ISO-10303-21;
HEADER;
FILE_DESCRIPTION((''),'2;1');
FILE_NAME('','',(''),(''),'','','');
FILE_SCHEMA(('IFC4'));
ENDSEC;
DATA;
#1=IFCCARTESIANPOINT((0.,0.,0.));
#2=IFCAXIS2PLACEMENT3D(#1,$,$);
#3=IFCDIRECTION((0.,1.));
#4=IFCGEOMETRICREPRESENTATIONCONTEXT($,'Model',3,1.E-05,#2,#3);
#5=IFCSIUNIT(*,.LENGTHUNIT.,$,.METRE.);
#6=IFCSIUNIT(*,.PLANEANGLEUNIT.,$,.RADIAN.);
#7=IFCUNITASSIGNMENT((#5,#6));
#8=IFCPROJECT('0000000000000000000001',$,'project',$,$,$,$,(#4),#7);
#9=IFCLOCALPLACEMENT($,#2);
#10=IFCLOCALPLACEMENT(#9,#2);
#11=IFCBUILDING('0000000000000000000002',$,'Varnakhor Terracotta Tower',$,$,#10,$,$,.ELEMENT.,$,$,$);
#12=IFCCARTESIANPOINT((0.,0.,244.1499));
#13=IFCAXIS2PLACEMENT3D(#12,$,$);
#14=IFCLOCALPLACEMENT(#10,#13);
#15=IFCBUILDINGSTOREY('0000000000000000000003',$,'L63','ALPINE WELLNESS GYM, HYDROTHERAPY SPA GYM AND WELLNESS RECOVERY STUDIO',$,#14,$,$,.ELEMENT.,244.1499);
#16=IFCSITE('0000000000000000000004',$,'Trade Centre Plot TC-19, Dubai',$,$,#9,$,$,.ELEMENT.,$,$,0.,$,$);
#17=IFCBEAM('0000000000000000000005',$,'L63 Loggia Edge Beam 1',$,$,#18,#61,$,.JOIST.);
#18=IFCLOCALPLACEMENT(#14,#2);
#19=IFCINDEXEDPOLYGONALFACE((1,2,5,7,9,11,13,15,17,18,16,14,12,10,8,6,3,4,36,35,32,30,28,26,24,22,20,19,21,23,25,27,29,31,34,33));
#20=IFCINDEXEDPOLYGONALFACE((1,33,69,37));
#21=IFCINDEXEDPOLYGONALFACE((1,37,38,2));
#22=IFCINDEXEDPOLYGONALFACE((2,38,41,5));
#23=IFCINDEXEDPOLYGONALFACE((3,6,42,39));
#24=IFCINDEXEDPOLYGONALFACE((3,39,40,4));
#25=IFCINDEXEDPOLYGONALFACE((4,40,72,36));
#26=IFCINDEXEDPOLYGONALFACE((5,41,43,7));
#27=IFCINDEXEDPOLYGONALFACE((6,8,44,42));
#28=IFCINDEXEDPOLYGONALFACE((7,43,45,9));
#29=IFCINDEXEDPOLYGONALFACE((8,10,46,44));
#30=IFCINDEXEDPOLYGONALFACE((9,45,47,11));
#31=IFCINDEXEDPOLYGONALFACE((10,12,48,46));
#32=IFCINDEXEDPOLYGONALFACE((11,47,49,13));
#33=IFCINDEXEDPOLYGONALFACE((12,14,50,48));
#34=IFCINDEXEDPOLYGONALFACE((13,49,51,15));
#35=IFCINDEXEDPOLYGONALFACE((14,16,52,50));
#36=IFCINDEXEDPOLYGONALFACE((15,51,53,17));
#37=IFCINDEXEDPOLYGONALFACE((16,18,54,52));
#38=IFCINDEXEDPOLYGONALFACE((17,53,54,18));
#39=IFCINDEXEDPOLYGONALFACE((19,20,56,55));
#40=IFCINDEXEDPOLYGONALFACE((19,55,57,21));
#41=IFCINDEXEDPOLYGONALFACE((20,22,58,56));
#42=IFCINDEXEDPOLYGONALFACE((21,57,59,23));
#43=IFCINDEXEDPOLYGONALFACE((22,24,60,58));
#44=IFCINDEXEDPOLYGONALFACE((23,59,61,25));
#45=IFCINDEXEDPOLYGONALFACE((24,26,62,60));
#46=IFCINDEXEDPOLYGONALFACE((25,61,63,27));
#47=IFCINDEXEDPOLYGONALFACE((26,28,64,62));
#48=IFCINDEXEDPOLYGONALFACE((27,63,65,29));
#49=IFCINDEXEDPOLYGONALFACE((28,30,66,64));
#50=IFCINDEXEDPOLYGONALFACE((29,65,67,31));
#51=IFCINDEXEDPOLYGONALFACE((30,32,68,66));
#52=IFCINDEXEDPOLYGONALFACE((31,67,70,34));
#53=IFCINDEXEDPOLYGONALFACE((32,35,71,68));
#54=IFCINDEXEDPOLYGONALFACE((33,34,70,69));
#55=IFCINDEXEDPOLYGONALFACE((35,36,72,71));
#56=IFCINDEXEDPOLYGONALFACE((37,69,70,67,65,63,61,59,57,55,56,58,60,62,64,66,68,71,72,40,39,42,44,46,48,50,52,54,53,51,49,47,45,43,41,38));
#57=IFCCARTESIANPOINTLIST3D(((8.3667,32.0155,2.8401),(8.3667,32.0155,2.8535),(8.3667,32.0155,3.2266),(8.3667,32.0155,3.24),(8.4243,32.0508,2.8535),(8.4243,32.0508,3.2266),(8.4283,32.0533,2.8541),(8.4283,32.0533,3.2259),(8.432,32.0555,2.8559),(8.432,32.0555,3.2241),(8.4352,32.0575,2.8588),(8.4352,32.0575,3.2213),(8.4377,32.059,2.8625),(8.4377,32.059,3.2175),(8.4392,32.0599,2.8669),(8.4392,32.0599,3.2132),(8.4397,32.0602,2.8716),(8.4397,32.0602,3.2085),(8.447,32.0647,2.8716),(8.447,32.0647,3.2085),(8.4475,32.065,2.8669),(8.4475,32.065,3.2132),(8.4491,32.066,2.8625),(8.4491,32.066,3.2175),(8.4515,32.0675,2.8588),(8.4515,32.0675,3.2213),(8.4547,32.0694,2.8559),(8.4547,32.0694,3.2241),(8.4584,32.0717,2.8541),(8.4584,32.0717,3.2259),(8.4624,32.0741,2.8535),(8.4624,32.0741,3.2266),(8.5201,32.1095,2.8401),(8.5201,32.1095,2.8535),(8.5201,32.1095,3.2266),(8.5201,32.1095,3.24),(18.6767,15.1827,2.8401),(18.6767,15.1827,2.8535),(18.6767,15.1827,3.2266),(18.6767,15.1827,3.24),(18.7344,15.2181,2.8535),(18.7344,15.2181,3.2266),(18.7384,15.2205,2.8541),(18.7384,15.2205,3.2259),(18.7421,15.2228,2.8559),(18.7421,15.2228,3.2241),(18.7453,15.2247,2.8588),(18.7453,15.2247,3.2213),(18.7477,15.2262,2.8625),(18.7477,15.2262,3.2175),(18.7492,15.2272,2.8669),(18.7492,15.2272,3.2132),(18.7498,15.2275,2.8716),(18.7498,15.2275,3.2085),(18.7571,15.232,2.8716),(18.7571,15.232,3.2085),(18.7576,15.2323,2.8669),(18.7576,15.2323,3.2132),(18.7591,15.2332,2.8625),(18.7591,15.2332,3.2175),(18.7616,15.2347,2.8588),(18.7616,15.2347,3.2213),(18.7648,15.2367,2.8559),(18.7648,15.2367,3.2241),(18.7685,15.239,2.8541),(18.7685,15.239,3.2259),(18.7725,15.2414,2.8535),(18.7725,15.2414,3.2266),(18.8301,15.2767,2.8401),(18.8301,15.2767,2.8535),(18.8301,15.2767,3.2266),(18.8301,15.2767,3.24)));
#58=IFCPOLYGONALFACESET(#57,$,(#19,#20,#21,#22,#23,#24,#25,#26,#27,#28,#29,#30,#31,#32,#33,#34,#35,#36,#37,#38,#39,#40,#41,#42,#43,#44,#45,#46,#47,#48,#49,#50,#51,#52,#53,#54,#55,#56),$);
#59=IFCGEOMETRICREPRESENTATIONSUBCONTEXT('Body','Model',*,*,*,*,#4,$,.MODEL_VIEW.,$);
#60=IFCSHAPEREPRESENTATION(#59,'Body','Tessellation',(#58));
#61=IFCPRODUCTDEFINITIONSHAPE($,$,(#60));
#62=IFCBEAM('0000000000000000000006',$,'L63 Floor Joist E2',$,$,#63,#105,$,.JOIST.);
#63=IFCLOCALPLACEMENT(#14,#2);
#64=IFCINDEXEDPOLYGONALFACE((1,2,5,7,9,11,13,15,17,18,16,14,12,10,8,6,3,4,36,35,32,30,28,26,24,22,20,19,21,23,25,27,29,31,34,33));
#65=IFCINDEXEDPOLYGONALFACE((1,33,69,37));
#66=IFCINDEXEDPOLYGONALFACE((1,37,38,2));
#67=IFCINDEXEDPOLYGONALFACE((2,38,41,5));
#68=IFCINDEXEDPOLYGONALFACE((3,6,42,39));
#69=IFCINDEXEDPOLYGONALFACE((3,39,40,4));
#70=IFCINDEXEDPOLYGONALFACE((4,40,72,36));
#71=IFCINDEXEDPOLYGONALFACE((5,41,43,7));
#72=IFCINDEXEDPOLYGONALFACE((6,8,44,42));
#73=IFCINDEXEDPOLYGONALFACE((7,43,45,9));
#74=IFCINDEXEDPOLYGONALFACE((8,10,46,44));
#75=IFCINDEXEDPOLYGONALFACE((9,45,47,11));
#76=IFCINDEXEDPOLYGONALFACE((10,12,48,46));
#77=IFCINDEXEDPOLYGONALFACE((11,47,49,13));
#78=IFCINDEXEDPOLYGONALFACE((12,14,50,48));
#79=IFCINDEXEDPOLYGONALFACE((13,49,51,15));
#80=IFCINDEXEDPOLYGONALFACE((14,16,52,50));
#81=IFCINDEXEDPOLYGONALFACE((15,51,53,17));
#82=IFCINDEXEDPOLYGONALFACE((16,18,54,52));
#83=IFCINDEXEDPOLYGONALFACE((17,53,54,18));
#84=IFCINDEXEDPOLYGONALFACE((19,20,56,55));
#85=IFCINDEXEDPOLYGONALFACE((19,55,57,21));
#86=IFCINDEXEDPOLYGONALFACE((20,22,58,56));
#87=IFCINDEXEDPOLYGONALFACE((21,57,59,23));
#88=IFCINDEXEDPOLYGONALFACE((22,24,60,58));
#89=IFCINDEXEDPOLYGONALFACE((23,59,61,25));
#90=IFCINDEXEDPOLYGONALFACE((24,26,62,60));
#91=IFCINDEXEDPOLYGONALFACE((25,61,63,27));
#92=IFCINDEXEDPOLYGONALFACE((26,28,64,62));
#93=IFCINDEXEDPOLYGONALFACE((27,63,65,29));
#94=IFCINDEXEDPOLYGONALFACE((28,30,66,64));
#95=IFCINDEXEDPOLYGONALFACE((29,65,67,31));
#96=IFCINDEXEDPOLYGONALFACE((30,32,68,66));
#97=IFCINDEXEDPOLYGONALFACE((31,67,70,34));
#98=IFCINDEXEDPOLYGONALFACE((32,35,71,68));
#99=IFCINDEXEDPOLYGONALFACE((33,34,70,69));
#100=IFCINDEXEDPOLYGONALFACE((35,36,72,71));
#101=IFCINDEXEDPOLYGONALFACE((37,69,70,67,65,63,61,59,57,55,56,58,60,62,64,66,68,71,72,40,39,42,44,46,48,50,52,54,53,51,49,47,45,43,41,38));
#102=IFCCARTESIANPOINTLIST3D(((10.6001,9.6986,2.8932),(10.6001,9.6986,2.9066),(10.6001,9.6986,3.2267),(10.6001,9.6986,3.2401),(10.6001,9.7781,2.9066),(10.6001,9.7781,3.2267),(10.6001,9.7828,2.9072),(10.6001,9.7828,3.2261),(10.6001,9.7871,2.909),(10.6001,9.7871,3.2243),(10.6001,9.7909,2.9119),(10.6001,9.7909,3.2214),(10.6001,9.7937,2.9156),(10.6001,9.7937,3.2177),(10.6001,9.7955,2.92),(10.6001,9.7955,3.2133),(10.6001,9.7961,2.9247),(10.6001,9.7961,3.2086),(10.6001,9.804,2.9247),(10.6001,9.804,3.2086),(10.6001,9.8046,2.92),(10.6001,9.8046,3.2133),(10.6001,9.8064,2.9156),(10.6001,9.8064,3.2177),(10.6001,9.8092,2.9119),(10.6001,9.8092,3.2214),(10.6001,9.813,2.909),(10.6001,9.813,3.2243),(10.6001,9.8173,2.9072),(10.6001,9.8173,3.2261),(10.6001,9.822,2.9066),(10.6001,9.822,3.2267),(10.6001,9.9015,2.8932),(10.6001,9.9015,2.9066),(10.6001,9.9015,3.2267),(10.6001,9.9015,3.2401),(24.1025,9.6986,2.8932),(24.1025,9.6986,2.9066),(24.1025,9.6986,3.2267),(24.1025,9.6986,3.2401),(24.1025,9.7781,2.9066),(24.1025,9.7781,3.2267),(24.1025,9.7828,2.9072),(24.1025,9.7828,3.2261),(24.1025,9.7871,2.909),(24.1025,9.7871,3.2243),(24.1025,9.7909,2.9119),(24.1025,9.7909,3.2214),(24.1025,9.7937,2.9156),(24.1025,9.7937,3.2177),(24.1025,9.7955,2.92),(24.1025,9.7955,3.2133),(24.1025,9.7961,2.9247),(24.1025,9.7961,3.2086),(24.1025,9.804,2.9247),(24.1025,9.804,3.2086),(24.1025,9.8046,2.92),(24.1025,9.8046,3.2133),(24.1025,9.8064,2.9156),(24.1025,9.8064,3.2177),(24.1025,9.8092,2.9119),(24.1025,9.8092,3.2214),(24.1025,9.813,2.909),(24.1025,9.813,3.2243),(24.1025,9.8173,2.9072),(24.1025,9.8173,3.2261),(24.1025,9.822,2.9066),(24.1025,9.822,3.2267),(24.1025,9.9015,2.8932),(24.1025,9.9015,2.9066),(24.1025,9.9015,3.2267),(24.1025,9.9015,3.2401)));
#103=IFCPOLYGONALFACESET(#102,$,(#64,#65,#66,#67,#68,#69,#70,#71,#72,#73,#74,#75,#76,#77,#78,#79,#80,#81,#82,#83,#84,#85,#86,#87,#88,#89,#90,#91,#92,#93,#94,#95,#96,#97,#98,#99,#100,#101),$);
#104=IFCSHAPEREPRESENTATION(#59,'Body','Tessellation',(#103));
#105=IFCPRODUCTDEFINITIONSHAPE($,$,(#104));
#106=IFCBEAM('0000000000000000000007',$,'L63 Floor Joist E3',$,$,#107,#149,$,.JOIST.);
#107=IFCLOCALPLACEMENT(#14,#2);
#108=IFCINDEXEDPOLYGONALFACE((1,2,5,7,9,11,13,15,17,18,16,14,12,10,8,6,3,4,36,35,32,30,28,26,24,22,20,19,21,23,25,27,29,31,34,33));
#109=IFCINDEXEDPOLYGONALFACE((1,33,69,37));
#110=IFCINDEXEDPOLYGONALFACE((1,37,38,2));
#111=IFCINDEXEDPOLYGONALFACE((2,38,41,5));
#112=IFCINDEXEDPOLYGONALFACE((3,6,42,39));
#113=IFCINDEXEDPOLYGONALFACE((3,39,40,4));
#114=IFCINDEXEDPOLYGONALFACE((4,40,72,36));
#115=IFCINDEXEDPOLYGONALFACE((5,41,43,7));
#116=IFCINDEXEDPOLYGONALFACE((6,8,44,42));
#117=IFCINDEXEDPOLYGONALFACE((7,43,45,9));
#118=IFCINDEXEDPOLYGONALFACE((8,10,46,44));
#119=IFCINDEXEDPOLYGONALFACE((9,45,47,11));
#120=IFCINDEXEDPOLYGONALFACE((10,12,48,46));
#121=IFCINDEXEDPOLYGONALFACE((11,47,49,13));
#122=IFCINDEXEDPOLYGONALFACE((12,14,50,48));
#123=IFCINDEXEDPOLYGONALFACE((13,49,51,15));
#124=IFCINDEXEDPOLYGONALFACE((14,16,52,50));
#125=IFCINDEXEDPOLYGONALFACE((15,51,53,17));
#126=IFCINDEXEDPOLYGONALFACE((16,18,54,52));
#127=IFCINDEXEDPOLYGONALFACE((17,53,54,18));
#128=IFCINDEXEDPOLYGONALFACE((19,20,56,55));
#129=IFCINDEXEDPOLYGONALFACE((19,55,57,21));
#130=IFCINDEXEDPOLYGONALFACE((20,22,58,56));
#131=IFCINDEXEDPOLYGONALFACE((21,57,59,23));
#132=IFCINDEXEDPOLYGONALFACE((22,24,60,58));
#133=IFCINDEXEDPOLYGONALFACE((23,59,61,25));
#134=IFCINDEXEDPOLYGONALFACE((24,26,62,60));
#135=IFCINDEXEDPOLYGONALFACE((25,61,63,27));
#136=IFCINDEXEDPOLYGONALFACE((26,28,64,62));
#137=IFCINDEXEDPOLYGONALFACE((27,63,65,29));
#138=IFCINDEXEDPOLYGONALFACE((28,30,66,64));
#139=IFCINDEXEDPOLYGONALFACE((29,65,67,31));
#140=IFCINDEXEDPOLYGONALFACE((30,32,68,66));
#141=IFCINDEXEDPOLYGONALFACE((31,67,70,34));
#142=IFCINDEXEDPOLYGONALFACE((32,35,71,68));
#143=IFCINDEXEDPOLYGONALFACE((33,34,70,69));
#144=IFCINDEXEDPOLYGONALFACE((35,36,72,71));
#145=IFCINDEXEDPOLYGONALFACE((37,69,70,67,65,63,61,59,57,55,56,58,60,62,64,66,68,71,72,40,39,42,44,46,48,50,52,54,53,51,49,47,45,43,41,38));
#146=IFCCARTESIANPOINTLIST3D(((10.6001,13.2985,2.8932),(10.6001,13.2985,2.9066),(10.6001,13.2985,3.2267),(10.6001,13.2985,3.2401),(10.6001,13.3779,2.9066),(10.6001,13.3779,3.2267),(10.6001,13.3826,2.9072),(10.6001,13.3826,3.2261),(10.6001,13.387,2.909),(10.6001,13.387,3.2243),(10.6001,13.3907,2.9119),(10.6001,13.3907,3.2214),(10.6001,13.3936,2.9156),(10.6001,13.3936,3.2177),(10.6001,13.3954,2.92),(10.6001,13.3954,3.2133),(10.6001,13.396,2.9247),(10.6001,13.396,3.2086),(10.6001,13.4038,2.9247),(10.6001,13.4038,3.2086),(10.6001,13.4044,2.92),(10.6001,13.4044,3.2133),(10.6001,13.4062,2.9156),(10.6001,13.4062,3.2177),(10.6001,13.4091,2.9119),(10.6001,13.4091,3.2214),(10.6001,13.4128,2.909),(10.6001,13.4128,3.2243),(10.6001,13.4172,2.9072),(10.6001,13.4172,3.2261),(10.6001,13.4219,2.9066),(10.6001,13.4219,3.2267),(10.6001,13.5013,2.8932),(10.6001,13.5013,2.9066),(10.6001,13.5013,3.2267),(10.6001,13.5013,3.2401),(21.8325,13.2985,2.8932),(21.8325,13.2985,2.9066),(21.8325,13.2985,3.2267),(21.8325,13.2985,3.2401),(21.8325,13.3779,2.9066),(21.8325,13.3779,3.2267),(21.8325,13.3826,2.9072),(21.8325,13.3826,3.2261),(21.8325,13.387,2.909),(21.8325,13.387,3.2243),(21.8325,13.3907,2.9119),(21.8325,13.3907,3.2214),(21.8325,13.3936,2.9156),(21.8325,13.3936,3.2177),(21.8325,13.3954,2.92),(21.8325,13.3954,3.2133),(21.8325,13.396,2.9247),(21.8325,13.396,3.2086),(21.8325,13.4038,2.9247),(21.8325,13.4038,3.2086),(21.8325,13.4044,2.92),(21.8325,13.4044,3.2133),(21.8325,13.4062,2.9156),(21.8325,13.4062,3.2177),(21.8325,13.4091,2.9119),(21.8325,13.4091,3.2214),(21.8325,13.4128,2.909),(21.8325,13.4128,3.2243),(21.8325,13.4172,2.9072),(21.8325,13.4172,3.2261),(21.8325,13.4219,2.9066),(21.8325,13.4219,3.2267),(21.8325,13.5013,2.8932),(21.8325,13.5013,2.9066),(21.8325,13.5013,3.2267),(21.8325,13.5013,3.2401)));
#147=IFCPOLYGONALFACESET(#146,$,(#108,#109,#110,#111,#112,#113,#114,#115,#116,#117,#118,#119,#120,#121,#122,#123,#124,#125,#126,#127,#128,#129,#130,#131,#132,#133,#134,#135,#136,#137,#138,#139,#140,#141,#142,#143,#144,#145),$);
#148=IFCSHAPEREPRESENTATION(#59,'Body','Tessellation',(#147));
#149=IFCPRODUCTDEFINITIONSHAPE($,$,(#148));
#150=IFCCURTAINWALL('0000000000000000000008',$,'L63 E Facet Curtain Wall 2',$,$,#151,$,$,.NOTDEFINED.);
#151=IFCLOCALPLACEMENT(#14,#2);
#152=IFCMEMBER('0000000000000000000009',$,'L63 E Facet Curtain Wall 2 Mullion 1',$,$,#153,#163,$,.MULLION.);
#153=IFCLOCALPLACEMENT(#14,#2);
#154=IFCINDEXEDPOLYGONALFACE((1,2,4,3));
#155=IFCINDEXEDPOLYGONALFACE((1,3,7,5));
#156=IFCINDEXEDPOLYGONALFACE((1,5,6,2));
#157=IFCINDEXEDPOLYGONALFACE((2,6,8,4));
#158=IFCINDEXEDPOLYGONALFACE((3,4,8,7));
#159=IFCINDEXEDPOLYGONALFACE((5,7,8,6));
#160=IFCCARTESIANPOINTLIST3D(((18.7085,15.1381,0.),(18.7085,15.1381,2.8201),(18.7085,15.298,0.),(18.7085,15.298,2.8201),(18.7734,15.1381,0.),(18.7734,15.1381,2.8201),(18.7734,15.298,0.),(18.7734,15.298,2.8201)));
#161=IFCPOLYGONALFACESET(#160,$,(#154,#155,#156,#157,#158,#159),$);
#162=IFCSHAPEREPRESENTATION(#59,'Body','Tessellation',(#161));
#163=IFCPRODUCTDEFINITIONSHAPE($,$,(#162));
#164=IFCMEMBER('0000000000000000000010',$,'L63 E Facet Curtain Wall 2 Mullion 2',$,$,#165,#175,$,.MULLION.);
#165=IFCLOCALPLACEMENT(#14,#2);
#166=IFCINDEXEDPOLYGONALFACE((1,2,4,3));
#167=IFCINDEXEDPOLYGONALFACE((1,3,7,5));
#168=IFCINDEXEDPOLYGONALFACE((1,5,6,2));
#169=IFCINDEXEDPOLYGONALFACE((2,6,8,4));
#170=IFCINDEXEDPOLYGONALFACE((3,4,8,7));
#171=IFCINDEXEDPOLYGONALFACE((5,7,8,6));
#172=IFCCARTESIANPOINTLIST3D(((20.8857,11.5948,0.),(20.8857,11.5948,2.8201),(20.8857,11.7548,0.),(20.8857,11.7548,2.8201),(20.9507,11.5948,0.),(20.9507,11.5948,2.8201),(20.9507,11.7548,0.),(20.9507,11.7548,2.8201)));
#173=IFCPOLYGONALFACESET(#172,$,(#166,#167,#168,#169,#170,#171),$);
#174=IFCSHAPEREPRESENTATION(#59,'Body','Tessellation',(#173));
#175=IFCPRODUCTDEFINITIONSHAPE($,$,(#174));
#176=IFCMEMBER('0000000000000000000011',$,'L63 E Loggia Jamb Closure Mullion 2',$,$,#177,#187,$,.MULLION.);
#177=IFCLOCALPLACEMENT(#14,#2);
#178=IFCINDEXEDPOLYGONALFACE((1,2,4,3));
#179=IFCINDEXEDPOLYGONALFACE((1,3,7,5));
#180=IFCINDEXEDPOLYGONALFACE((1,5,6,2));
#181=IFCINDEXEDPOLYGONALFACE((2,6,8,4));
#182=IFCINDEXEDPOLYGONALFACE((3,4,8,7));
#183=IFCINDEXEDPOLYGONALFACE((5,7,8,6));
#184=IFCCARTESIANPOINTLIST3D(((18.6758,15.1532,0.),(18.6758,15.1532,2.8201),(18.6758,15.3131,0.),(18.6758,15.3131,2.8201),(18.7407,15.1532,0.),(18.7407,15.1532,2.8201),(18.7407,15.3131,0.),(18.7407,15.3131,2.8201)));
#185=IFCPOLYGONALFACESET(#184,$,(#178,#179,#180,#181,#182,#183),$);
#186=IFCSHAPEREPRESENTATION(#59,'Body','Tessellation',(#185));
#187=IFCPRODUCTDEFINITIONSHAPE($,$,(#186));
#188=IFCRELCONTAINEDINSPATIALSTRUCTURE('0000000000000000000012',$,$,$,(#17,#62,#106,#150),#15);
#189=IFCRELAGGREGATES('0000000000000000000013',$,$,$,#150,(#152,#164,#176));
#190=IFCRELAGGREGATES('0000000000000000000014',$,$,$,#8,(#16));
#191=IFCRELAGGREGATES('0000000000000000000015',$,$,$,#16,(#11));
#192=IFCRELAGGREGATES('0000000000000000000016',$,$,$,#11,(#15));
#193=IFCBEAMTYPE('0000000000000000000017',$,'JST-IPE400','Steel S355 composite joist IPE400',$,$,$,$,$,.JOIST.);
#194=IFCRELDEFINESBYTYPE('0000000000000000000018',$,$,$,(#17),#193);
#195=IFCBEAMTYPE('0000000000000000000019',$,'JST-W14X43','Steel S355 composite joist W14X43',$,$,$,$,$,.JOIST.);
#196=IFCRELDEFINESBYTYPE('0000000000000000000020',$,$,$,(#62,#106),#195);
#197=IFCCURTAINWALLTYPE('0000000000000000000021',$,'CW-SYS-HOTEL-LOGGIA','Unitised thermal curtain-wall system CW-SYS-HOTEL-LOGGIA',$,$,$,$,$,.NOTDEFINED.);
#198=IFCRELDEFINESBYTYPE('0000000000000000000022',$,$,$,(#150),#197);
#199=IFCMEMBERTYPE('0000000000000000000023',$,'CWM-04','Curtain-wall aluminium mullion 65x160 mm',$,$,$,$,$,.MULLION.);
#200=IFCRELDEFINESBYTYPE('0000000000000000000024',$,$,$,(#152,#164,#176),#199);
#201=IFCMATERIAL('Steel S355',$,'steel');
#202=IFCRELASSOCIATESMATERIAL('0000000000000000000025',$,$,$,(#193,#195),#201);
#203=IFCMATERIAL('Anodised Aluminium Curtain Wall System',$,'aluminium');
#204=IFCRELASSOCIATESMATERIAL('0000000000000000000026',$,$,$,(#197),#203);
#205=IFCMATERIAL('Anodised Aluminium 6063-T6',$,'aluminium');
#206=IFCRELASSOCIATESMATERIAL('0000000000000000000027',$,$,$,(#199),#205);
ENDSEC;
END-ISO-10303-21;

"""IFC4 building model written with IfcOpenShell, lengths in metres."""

from ifc_helpers import new_model, si_unit, direction, frame, origin, origin_2d, place, context, subcontext, project, spatial, rectangle, i_section, extrude, source, transform, mapped, material, material_profile, profile_set, type_object, type_shapes, element, aggregate, save


model = new_model("IFC4")

# Units and contexts
model_context = context("Model", 3, precision=1e-05, world=origin(), true_north=direction((0.0, 1.0)))
body_context = subcontext(model_context, "Body", "Model", "MODEL_VIEW")
ifc_project = project(units=[si_unit("LENGTHUNIT", "METRE"), si_unit("PLANEANGLEUNIT", "RADIAN")], contexts=[model_context])

# Site, building, storey
site_placement = place(None, origin())
site = spatial("IfcSite", under=ifc_project, at=site_placement, Name="Trade Centre Plot TC-19, Dubai", CompositionType="ELEMENT", RefElevation=0.0)
building_placement = place(site_placement, origin())
building = spatial("IfcBuilding", under=site, at=building_placement, Name="Varnakhor Terracotta Tower", CompositionType="ELEMENT")
storey_placement = place(building_placement, frame((0.0, 0.0, 244.1499)))
storey = spatial("IfcBuildingStorey", under=building, at=storey_placement, Name="L63", Description="ALPINE WELLNESS GYM, HYDROTHERAPY SPA GYM AND WELLNESS RECOVERY STUDIO", CompositionType="ELEMENT", Elevation=244.1499)

# Beams
ifc_material_1 = material(Name="Steel S355", Category="steel")
ifc_material_profile_1 = material_profile(ifc_material_1, i_section(OverallWidth=0.1799, OverallDepth=0.3999, WebThickness=0.0085, FlangeThickness=0.0134, FilletRadius=0.0181, at=origin_2d()), Name="IPE400")
ifc_profile_set_1 = profile_set([ifc_material_profile_1], Name="Steel S355")
beam_type_1 = type_object("IfcBeamType", Name="JST-IPE400", Description="Steel S355 composite joist IPE400", PredefinedType="JOIST", material=ifc_profile_set_1)
shared_shape_1 = source(origin(), body_context, "Body", "SweptSolid", [
    extrude(i_section(OverallWidth=0.1799, OverallDepth=0.3999, WebThickness=0.0085, FlangeThickness=0.0134, FilletRadius=0.0181, at=origin_2d()), origin(), (0.0, 0.0, 1.0), 19.7393),
])
beam_1_placement = place(storey_placement, frame((18.7534, 15.2297, 3.04), z_axis=(-0.522312, 0.852755, 0.0), x_axis=(-0.852755, -0.522312, 0.0)))
element("IfcBeam", 1, at=beam_1_placement, inside=storey, type_object=beam_type_1, Name="L63 Loggia Edge Beam 1", PredefinedType="JOIST", context=body_context, shape_type="MappedRepresentation", body=[
    mapped(shared_shape_1, transform((0.0, 0.0, 0.0), scale=1.0)),
])
ifc_material_profile_2 = material_profile(ifc_material_1, i_section(OverallWidth=0.2029, OverallDepth=0.3469, WebThickness=0.0078, FlangeThickness=0.0134, FilletRadius=0.0181, at=origin_2d()), Name="W14X43")
ifc_profile_set_2 = profile_set([ifc_material_profile_2], Name="Steel S355")
beam_type_2 = type_object("IfcBeamType", Name="JST-W14X43", Description="Steel S355 composite joist W14X43", PredefinedType="JOIST", material=ifc_profile_set_2)
shared_shape_2 = source(origin(), body_context, "Body", "SweptSolid", [
    extrude(i_section(OverallWidth=0.2029, OverallDepth=0.3469, WebThickness=0.0078, FlangeThickness=0.0134, FilletRadius=0.0181, at=origin_2d()), origin(), (0.0, 0.0, 1.0), 13.5024),
])
beam_2_placement = place(storey_placement, frame((10.6001, 9.8, 3.0667), z_axis=(1.0, 0.0, 0.0), x_axis=(0.0, 1.0, 0.0)))
element("IfcBeam", 2, at=beam_2_placement, inside=storey, type_object=beam_type_2, Name="L63 Floor Joist E2", PredefinedType="JOIST", context=body_context, shape_type="MappedRepresentation", body=[
    mapped(shared_shape_2, transform((0.0, 0.0, 0.0), scale=1.0)),
])
shared_shape_3 = source(origin(), body_context, "Body", "SweptSolid", [
    extrude(i_section(OverallWidth=0.2029, OverallDepth=0.3469, WebThickness=0.0078, FlangeThickness=0.0134, FilletRadius=0.0181, at=origin_2d()), origin(), (0.0, 0.0, 1.0), 11.2324),
])
beam_3_placement = place(storey_placement, frame((10.6001, 13.3999, 3.0667), z_axis=(1.0, 0.0, 0.0), x_axis=(0.0, 1.0, 0.0)))
element("IfcBeam", 3, at=beam_3_placement, inside=storey, type_object=beam_type_2, Name="L63 Floor Joist E3", PredefinedType="JOIST", context=body_context, shape_type="MappedRepresentation", body=[
    mapped(shared_shape_3, transform((0.0, 0.0, 0.0), scale=1.0)),
])

# Curtain wall, members
ifc_material_2 = material(Name="Anodised Aluminium Curtain Wall System", Category="aluminium")
curtain_wall_type = type_object("IfcCurtainWallType", Name="CW-SYS-HOTEL-LOGGIA", Description="Unitised thermal curtain-wall system CW-SYS-HOTEL-LOGGIA", PredefinedType="NOTDEFINED", material=ifc_material_2)
curtain_wall_placement = place(storey_placement, origin())
curtain_wall = element("IfcCurtainWall", 4, at=curtain_wall_placement, inside=storey, type_object=curtain_wall_type, Name="L63 E Facet Curtain Wall 2", PredefinedType="NOTDEFINED")
ifc_material_3 = material(Name="Anodised Aluminium 6063-T6", Category="aluminium")
ifc_material_profile_3 = material_profile(ifc_material_3, rectangle(XDim=0.0649, YDim=0.1599, at=origin_2d()), Name="ALU MULLION 65x160")
ifc_profile_set_3 = profile_set([ifc_material_profile_3], Name="Anodised Aluminium 6063-T6")
member_type_1 = type_object("IfcMemberType", Name="CWM-04", Description="Curtain-wall aluminium mullion 65x160 mm", PredefinedType="MULLION", material=ifc_profile_set_3)
shared_shape_4 = source(origin(), body_context, "Body", "SweptSolid", [
    extrude(rectangle(XDim=0.0649, YDim=0.1599, at=origin_2d()), origin(), (0.0, 0.0, 1.0), 2.8201),
])
type_shapes(member_type_1, [shared_shape_4])
member_1_placement = place(storey_placement, frame((18.741, 15.218, 0.0), z_axis=(0.0, 0.0, 1.0), x_axis=(1.0, 0.0, 0.0)))
member_1 = element("IfcMember", 5, at=member_1_placement, type_object=member_type_1, Name="L63 E Facet Curtain Wall 2 Mullion 1", PredefinedType="MULLION", context=body_context, shape_type="MappedRepresentation", body=[
    mapped(shared_shape_4, transform((0.0, 0.0, 0.0), scale=1.0)),
])
member_2_placement = place(storey_placement, frame((20.9182, 11.6748, 0.0), z_axis=(0.0, 0.0, 1.0), x_axis=(1.0, 0.0, 0.0)))
member_2 = element("IfcMember", 6, at=member_2_placement, type_object=member_type_1, Name="L63 E Facet Curtain Wall 2 Mullion 2", PredefinedType="MULLION", context=body_context, shape_type="MappedRepresentation", body=[
    mapped(shared_shape_4, transform((0.0, 0.0, 0.0), scale=1.0)),
])
member_3_placement = place(storey_placement, frame((18.7083, 15.2332, 0.0), z_axis=(0.0, 0.0, 1.0), x_axis=(1.0, 0.0, 0.0)))
member_3 = element("IfcMember", 7, at=member_3_placement, type_object=member_type_1, Name="L63 E Loggia Jamb Closure Mullion 2", PredefinedType="MULLION", context=body_context, shape_type="MappedRepresentation", body=[
    mapped(shared_shape_4, transform((0.0, 0.0, 0.0), scale=1.0)),
])

aggregate(curtain_wall, [member_1, member_2, member_3])

save(model, "model.ifc")
